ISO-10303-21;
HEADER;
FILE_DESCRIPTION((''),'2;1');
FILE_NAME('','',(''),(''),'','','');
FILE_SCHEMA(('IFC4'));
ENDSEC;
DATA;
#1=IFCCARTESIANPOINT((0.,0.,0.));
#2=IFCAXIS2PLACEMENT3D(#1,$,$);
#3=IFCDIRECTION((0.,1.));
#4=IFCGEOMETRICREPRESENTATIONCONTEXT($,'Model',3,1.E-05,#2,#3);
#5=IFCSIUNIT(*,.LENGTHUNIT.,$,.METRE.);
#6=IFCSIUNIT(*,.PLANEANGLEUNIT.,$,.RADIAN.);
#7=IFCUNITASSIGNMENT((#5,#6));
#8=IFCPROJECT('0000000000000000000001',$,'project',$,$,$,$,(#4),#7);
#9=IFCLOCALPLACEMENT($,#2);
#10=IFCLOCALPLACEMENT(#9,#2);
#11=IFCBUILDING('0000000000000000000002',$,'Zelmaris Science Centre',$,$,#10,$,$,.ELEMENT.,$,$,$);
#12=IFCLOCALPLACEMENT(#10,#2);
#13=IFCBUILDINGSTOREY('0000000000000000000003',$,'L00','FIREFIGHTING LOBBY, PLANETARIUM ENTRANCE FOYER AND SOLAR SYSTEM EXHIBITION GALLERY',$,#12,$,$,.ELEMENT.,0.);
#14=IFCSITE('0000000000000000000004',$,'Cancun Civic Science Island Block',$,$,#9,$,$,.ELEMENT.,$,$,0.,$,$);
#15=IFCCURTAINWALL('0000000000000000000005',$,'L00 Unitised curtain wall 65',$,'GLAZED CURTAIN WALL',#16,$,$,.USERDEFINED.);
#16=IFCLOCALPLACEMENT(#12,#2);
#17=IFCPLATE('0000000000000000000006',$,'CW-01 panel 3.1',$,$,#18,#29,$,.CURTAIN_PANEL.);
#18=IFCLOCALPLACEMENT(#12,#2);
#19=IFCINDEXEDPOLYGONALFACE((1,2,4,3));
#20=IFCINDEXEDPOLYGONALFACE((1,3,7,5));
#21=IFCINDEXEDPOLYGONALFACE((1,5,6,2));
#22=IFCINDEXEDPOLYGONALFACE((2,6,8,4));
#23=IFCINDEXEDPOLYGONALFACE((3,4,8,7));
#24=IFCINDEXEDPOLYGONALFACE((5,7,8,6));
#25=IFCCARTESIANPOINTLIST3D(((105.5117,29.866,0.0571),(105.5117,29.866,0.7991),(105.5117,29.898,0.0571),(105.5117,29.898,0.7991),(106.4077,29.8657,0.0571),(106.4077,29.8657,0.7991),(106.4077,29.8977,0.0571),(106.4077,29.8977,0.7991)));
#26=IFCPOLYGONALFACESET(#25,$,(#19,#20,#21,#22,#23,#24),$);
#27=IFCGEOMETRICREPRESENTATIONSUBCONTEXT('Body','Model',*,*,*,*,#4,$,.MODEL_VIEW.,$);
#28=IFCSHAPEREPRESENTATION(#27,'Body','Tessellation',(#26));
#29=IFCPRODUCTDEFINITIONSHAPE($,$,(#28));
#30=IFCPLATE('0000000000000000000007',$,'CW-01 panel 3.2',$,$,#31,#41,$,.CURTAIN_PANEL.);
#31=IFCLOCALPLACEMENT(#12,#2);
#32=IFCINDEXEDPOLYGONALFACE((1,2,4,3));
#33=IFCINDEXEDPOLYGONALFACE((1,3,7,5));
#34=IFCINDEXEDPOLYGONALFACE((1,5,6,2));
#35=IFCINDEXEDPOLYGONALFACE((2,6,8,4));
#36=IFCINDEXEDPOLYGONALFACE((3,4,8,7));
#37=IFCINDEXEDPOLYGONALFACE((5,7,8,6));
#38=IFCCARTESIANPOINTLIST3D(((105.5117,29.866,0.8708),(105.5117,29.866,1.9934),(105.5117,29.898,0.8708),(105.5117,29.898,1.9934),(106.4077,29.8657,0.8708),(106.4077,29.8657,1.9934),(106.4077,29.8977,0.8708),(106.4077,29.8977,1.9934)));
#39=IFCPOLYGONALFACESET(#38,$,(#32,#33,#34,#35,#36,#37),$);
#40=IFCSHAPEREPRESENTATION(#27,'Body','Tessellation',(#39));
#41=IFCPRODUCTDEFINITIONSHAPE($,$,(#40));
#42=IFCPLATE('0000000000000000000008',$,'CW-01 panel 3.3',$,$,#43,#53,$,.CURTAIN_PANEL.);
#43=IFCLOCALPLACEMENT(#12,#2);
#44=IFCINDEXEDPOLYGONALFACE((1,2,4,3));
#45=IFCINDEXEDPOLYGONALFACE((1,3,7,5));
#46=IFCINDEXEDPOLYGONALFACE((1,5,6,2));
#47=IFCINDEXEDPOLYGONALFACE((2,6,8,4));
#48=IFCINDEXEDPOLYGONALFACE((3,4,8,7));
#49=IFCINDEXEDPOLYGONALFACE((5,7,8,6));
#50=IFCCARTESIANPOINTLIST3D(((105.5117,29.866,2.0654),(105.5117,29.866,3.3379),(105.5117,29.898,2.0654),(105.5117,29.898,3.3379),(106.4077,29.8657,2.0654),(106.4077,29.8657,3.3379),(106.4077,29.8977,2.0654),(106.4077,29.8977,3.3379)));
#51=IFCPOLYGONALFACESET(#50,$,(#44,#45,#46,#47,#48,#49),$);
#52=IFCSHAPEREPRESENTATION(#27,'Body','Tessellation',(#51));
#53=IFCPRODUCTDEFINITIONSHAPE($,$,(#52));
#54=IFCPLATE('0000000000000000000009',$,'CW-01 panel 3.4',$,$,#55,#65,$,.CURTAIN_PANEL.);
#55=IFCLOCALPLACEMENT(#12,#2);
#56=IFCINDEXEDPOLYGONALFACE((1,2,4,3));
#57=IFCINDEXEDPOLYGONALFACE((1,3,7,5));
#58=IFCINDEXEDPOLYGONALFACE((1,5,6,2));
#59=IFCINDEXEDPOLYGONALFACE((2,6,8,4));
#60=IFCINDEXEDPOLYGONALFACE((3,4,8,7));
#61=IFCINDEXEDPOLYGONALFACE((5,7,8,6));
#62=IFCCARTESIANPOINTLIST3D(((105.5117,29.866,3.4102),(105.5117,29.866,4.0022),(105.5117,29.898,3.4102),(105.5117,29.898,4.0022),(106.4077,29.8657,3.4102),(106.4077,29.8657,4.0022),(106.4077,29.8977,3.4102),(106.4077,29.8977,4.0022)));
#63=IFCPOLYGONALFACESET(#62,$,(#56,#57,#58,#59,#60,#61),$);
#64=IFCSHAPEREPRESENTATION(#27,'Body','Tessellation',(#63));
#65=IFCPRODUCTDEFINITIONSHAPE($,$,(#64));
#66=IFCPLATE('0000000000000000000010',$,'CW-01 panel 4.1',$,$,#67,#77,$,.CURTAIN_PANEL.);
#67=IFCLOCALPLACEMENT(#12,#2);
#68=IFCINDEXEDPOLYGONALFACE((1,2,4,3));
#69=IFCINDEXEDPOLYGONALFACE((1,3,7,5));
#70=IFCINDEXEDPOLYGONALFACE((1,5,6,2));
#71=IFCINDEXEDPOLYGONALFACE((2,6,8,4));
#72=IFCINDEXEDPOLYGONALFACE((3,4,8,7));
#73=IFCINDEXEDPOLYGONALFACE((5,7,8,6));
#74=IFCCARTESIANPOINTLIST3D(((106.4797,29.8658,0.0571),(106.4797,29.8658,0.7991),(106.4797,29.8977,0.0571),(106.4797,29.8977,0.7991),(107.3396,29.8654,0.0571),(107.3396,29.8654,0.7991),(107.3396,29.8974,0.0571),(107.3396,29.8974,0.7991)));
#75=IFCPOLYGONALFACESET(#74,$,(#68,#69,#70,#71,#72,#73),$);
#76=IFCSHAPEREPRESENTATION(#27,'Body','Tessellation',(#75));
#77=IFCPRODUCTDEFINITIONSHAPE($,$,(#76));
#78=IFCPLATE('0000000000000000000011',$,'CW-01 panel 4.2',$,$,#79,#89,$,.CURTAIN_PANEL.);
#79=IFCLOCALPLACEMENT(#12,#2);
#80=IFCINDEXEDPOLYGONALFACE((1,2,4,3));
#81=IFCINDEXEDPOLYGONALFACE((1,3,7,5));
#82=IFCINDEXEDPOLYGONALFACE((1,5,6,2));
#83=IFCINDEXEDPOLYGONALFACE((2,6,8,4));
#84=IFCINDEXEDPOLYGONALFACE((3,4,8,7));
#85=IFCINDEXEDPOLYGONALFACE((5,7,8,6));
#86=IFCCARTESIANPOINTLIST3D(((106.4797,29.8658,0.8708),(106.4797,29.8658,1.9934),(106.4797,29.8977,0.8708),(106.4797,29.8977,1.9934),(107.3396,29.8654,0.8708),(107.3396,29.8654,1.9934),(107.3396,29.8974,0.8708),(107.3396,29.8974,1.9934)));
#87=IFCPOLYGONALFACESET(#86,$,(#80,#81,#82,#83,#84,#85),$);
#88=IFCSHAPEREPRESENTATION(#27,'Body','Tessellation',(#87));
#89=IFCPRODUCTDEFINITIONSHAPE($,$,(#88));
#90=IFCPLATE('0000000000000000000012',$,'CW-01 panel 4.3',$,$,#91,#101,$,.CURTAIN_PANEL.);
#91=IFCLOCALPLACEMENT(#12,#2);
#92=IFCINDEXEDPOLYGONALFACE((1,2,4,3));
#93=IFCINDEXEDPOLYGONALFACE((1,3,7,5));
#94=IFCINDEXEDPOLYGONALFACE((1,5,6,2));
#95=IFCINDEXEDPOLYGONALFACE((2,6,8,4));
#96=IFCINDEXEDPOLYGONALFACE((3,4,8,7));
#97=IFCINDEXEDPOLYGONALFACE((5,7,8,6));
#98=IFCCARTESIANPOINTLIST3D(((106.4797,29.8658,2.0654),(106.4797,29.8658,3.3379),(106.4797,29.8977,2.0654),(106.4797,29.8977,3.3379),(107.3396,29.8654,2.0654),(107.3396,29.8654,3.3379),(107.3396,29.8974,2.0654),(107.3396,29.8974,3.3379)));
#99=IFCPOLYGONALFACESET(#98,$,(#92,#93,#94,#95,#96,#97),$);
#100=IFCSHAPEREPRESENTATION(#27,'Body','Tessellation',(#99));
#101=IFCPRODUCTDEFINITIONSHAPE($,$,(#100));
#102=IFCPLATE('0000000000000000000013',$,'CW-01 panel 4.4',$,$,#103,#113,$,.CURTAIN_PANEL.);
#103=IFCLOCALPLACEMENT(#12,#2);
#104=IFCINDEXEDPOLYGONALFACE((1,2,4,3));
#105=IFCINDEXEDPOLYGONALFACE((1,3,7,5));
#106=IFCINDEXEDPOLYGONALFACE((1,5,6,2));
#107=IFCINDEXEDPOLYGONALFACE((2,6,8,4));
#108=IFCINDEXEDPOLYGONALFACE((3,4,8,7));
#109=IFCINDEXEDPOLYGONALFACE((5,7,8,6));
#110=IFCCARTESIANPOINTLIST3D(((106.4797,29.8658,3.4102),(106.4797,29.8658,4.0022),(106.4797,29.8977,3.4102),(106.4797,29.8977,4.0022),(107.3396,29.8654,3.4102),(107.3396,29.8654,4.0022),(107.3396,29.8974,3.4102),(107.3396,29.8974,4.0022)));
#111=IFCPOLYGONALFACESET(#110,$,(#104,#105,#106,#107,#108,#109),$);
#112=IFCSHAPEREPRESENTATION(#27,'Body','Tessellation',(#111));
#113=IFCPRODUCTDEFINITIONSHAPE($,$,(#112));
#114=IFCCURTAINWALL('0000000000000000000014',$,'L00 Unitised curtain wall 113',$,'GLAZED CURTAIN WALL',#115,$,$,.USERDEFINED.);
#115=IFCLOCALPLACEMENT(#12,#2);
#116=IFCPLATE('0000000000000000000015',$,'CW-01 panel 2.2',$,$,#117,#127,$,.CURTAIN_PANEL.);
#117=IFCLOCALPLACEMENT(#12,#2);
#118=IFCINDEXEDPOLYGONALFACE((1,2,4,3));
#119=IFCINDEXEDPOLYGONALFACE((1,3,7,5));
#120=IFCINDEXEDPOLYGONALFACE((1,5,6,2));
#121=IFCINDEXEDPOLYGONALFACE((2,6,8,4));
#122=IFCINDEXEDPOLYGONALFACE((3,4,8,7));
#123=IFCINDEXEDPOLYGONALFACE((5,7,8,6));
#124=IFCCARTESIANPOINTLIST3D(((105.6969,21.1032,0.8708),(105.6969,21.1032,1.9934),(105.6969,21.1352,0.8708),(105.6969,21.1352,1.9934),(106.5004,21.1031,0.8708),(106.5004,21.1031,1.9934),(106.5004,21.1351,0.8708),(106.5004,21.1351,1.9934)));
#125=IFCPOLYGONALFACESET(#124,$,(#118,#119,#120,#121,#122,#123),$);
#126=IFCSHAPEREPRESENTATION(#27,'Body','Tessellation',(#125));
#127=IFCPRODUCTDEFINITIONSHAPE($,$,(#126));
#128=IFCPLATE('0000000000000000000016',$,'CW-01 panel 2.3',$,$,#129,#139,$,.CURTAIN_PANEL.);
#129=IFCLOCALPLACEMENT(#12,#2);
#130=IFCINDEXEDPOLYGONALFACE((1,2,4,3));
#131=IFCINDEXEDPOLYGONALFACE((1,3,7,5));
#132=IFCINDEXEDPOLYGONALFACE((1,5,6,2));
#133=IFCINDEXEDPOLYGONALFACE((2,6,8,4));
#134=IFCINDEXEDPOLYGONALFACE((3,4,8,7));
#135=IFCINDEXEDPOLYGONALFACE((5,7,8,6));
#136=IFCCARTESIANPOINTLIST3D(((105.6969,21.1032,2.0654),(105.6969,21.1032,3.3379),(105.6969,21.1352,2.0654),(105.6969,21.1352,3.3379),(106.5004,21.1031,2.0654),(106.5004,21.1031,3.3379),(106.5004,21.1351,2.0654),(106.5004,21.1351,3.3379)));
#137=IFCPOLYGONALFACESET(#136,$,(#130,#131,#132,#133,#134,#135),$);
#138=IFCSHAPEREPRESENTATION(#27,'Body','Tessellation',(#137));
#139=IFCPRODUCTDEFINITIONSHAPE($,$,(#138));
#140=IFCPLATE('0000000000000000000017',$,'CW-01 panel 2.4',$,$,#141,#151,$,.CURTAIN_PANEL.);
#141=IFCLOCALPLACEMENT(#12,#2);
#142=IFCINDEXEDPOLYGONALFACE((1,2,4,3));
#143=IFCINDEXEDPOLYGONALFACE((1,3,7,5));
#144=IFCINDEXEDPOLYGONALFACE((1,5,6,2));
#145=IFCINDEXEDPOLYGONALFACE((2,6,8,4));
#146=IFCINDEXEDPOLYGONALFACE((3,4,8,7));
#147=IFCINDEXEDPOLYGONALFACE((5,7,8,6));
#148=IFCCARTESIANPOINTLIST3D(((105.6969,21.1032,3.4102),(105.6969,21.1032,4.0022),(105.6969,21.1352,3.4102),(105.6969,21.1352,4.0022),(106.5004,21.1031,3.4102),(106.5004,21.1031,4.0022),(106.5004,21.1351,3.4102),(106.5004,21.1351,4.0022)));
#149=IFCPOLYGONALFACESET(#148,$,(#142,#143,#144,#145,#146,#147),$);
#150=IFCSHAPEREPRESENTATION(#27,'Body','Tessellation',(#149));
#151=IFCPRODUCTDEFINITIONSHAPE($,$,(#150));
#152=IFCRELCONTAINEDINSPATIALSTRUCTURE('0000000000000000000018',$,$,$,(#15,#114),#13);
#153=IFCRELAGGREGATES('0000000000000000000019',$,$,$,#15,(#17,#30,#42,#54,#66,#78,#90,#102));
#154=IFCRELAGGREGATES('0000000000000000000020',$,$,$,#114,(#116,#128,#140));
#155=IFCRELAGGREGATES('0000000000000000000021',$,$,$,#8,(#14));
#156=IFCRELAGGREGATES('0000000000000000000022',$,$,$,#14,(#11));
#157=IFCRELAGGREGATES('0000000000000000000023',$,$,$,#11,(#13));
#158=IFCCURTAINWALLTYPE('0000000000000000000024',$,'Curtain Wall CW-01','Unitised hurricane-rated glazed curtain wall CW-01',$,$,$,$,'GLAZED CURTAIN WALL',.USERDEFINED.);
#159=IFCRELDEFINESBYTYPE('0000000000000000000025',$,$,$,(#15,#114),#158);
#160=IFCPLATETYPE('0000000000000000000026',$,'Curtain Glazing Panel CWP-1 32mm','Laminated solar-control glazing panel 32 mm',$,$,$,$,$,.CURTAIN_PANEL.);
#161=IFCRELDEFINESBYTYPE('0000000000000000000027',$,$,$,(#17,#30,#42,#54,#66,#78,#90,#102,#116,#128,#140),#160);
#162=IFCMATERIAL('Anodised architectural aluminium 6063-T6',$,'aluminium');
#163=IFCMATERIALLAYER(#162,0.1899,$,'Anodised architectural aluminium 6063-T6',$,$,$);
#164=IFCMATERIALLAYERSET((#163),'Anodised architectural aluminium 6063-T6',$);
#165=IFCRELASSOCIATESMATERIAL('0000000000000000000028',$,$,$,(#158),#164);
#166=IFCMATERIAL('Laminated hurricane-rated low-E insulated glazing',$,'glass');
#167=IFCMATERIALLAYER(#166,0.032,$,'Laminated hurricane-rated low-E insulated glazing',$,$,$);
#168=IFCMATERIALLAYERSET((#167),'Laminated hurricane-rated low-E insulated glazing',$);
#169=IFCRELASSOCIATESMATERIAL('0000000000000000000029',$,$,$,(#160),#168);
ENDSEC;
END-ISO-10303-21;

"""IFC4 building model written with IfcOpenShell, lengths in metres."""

from ifc_helpers import new_model, si_unit, direction, frame, origin, origin_2d, place, context, subcontext, project, spatial, rectangle, extrude, material, layer, layer_set, type_object, element, aggregate, save


model = new_model("IFC4")

# Units and contexts
model_context = context("Model", 3, precision=1e-05, world=origin(), true_north=direction((0.0, 1.0)))
body_context = subcontext(model_context, "Body", "Model", "MODEL_VIEW")
ifc_project = project(units=[si_unit("LENGTHUNIT", "METRE"), si_unit("PLANEANGLEUNIT", "RADIAN")], contexts=[model_context])

# Site, building, storey
site_placement = place(None, origin())
site = spatial("IfcSite", under=ifc_project, at=site_placement, Name="Cancun Civic Science Island Block", CompositionType="ELEMENT", RefElevation=0.0)
building_placement = place(site_placement, origin())
building = spatial("IfcBuilding", under=site, at=building_placement, Name="Zelmaris Science Centre", CompositionType="ELEMENT")
storey_placement = place(building_placement, origin())
storey = spatial("IfcBuildingStorey", under=building, at=storey_placement, Name="L00", Description="FIREFIGHTING LOBBY, PLANETARIUM ENTRANCE FOYER AND SOLAR SYSTEM EXHIBITION GALLERY", CompositionType="ELEMENT", Elevation=0.0)

# Curtain wall, plates
ifc_material_1 = material(Name="Anodised architectural aluminium 6063-T6", Category="aluminium")
ifc_layer_1 = layer(ifc_material_1, 0.1899, Name="Anodised architectural aluminium 6063-T6")
ifc_layer_set_1 = layer_set([ifc_layer_1], Name="Anodised architectural aluminium 6063-T6")
curtain_wall_type = type_object("IfcCurtainWallType", Name="Curtain Wall CW-01", Description="Unitised hurricane-rated glazed curtain wall CW-01", ElementType="GLAZED CURTAIN WALL", PredefinedType="USERDEFINED", material=ifc_layer_set_1)
curtain_wall_1_placement = place(storey_placement, origin())
curtain_wall_1 = element("IfcCurtainWall", 1, at=curtain_wall_1_placement, inside=storey, type_object=curtain_wall_type, Name="L00 Unitised curtain wall 65", ObjectType="GLAZED CURTAIN WALL", PredefinedType="USERDEFINED")
ifc_material_2 = material(Name="Laminated hurricane-rated low-E insulated glazing", Category="glass")
ifc_layer_2 = layer(ifc_material_2, 0.032, Name="Laminated hurricane-rated low-E insulated glazing")
ifc_layer_set_2 = layer_set([ifc_layer_2], Name="Laminated hurricane-rated low-E insulated glazing")
plate_type = type_object("IfcPlateType", Name="Curtain Glazing Panel CWP-1 32mm", Description="Laminated solar-control glazing panel 32 mm", PredefinedType="CURTAIN_PANEL", material=ifc_layer_set_2)
plate_1_placement = place(storey_placement, frame((105.9597, 29.8818, 0.0571), z_axis=(0.0, 0.0, 1.0), x_axis=(1.0, -0.000362, 0.0)))
plate_1 = element("IfcPlate", 2, at=plate_1_placement, type_object=plate_type, Name="CW-01 panel 3.1", PredefinedType="CURTAIN_PANEL", context=body_context, shape_type="SweptSolid", body=[
    extrude(rectangle(XDim=0.896, YDim=0.032, at=origin_2d()), origin(), (0.0, 0.0, 1.0), 0.7419),
])
plate_2_placement = place(storey_placement, frame((105.9597, 29.8818, 0.8708), z_axis=(0.0, 0.0, 1.0), x_axis=(1.0, -0.000362, 0.0)))
plate_2 = element("IfcPlate", 3, at=plate_2_placement, type_object=plate_type, Name="CW-01 panel 3.2", PredefinedType="CURTAIN_PANEL", context=body_context, shape_type="SweptSolid", body=[
    extrude(rectangle(XDim=0.896, YDim=0.032, at=origin_2d()), origin(), (0.0, 0.0, 1.0), 1.1226),
])
plate_3_placement = place(storey_placement, frame((105.9597, 29.8818, 2.0654), z_axis=(0.0, 0.0, 1.0), x_axis=(1.0, -0.000362, 0.0)))
plate_3 = element("IfcPlate", 4, at=plate_3_placement, type_object=plate_type, Name="CW-01 panel 3.3", PredefinedType="CURTAIN_PANEL", context=body_context, shape_type="SweptSolid", body=[
    extrude(rectangle(XDim=0.896, YDim=0.032, at=origin_2d()), origin(), (0.0, 0.0, 1.0), 1.2725),
])
plate_4_placement = place(storey_placement, frame((105.9597, 29.8818, 3.4102), z_axis=(0.0, 0.0, 1.0), x_axis=(1.0, -0.000362, 0.0)))
plate_4 = element("IfcPlate", 5, at=plate_4_placement, type_object=plate_type, Name="CW-01 panel 3.4", PredefinedType="CURTAIN_PANEL", context=body_context, shape_type="SweptSolid", body=[
    extrude(rectangle(XDim=0.896, YDim=0.032, at=origin_2d()), origin(), (0.0, 0.0, 1.0), 0.592),
])
plate_5_placement = place(storey_placement, frame((106.9097, 29.8816, 0.0571), z_axis=(0.0, 0.0, 1.0), x_axis=(1.0, -0.000362, 0.0)))
plate_5 = element("IfcPlate", 6, at=plate_5_placement, type_object=plate_type, Name="CW-01 panel 4.1", PredefinedType="CURTAIN_PANEL", context=body_context, shape_type="SweptSolid", body=[
    extrude(rectangle(XDim=0.8599, YDim=0.032, at=origin_2d()), origin(), (0.0, 0.0, 1.0), 0.7419),
])
plate_6_placement = place(storey_placement, frame((106.9097, 29.8816, 0.8708), z_axis=(0.0, 0.0, 1.0), x_axis=(1.0, -0.000362, 0.0)))
plate_6 = element("IfcPlate", 7, at=plate_6_placement, type_object=plate_type, Name="CW-01 panel 4.2", PredefinedType="CURTAIN_PANEL", context=body_context, shape_type="SweptSolid", body=[
    extrude(rectangle(XDim=0.8599, YDim=0.032, at=origin_2d()), origin(), (0.0, 0.0, 1.0), 1.1226),
])
plate_7_placement = place(storey_placement, frame((106.9097, 29.8816, 2.0654), z_axis=(0.0, 0.0, 1.0), x_axis=(1.0, -0.000362, 0.0)))
plate_7 = element("IfcPlate", 8, at=plate_7_placement, type_object=plate_type, Name="CW-01 panel 4.3", PredefinedType="CURTAIN_PANEL", context=body_context, shape_type="SweptSolid", body=[
    extrude(rectangle(XDim=0.8599, YDim=0.032, at=origin_2d()), origin(), (0.0, 0.0, 1.0), 1.2725),
])
plate_8_placement = place(storey_placement, frame((106.9097, 29.8816, 3.4102), z_axis=(0.0, 0.0, 1.0), x_axis=(1.0, -0.000362, 0.0)))
plate_8 = element("IfcPlate", 9, at=plate_8_placement, type_object=plate_type, Name="CW-01 panel 4.4", PredefinedType="CURTAIN_PANEL", context=body_context, shape_type="SweptSolid", body=[
    extrude(rectangle(XDim=0.8599, YDim=0.032, at=origin_2d()), origin(), (0.0, 0.0, 1.0), 0.592),
])
aggregate(curtain_wall_1, [plate_1, plate_2, plate_3, plate_4, plate_5, plate_6, plate_7, plate_8])

# Curtain wall, plates
curtain_wall_2_placement = place(storey_placement, origin())
curtain_wall_2 = element("IfcCurtainWall", 10, at=curtain_wall_2_placement, inside=storey, type_object=curtain_wall_type, Name="L00 Unitised curtain wall 113", ObjectType="GLAZED CURTAIN WALL", PredefinedType="USERDEFINED")
plate_9_placement = place(storey_placement, frame((106.0986, 21.1191, 0.8708), z_axis=(0.0, 0.0, 1.0), x_axis=(-1.0, 0.000091, 0.0)))
plate_9 = element("IfcPlate", 11, at=plate_9_placement, type_object=plate_type, Name="CW-01 panel 2.2", PredefinedType="CURTAIN_PANEL", context=body_context, shape_type="SweptSolid", body=[
    extrude(rectangle(XDim=0.8035, YDim=0.032, at=origin_2d()), origin(), (0.0, 0.0, 1.0), 1.1226),
])
plate_10_placement = place(storey_placement, frame((106.0986, 21.1191, 2.0654), z_axis=(0.0, 0.0, 1.0), x_axis=(-1.0, 0.000091, 0.0)))
plate_10 = element("IfcPlate", 12, at=plate_10_placement, type_object=plate_type, Name="CW-01 panel 2.3", PredefinedType="CURTAIN_PANEL", context=body_context, shape_type="SweptSolid", body=[
    extrude(rectangle(XDim=0.8035, YDim=0.032, at=origin_2d()), origin(), (0.0, 0.0, 1.0), 1.2725),
])
plate_11_placement = place(storey_placement, frame((106.0986, 21.1191, 3.4102), z_axis=(0.0, 0.0, 1.0), x_axis=(-1.0, 0.000091, 0.0)))
plate_11 = element("IfcPlate", 13, at=plate_11_placement, type_object=plate_type, Name="CW-01 panel 2.4", PredefinedType="CURTAIN_PANEL", context=body_context, shape_type="SweptSolid", body=[
    extrude(rectangle(XDim=0.8035, YDim=0.032, at=origin_2d()), origin(), (0.0, 0.0, 1.0), 0.592),
])
aggregate(curtain_wall_2, [plate_9, plate_10, plate_11])

save(model, "model.ifc")
